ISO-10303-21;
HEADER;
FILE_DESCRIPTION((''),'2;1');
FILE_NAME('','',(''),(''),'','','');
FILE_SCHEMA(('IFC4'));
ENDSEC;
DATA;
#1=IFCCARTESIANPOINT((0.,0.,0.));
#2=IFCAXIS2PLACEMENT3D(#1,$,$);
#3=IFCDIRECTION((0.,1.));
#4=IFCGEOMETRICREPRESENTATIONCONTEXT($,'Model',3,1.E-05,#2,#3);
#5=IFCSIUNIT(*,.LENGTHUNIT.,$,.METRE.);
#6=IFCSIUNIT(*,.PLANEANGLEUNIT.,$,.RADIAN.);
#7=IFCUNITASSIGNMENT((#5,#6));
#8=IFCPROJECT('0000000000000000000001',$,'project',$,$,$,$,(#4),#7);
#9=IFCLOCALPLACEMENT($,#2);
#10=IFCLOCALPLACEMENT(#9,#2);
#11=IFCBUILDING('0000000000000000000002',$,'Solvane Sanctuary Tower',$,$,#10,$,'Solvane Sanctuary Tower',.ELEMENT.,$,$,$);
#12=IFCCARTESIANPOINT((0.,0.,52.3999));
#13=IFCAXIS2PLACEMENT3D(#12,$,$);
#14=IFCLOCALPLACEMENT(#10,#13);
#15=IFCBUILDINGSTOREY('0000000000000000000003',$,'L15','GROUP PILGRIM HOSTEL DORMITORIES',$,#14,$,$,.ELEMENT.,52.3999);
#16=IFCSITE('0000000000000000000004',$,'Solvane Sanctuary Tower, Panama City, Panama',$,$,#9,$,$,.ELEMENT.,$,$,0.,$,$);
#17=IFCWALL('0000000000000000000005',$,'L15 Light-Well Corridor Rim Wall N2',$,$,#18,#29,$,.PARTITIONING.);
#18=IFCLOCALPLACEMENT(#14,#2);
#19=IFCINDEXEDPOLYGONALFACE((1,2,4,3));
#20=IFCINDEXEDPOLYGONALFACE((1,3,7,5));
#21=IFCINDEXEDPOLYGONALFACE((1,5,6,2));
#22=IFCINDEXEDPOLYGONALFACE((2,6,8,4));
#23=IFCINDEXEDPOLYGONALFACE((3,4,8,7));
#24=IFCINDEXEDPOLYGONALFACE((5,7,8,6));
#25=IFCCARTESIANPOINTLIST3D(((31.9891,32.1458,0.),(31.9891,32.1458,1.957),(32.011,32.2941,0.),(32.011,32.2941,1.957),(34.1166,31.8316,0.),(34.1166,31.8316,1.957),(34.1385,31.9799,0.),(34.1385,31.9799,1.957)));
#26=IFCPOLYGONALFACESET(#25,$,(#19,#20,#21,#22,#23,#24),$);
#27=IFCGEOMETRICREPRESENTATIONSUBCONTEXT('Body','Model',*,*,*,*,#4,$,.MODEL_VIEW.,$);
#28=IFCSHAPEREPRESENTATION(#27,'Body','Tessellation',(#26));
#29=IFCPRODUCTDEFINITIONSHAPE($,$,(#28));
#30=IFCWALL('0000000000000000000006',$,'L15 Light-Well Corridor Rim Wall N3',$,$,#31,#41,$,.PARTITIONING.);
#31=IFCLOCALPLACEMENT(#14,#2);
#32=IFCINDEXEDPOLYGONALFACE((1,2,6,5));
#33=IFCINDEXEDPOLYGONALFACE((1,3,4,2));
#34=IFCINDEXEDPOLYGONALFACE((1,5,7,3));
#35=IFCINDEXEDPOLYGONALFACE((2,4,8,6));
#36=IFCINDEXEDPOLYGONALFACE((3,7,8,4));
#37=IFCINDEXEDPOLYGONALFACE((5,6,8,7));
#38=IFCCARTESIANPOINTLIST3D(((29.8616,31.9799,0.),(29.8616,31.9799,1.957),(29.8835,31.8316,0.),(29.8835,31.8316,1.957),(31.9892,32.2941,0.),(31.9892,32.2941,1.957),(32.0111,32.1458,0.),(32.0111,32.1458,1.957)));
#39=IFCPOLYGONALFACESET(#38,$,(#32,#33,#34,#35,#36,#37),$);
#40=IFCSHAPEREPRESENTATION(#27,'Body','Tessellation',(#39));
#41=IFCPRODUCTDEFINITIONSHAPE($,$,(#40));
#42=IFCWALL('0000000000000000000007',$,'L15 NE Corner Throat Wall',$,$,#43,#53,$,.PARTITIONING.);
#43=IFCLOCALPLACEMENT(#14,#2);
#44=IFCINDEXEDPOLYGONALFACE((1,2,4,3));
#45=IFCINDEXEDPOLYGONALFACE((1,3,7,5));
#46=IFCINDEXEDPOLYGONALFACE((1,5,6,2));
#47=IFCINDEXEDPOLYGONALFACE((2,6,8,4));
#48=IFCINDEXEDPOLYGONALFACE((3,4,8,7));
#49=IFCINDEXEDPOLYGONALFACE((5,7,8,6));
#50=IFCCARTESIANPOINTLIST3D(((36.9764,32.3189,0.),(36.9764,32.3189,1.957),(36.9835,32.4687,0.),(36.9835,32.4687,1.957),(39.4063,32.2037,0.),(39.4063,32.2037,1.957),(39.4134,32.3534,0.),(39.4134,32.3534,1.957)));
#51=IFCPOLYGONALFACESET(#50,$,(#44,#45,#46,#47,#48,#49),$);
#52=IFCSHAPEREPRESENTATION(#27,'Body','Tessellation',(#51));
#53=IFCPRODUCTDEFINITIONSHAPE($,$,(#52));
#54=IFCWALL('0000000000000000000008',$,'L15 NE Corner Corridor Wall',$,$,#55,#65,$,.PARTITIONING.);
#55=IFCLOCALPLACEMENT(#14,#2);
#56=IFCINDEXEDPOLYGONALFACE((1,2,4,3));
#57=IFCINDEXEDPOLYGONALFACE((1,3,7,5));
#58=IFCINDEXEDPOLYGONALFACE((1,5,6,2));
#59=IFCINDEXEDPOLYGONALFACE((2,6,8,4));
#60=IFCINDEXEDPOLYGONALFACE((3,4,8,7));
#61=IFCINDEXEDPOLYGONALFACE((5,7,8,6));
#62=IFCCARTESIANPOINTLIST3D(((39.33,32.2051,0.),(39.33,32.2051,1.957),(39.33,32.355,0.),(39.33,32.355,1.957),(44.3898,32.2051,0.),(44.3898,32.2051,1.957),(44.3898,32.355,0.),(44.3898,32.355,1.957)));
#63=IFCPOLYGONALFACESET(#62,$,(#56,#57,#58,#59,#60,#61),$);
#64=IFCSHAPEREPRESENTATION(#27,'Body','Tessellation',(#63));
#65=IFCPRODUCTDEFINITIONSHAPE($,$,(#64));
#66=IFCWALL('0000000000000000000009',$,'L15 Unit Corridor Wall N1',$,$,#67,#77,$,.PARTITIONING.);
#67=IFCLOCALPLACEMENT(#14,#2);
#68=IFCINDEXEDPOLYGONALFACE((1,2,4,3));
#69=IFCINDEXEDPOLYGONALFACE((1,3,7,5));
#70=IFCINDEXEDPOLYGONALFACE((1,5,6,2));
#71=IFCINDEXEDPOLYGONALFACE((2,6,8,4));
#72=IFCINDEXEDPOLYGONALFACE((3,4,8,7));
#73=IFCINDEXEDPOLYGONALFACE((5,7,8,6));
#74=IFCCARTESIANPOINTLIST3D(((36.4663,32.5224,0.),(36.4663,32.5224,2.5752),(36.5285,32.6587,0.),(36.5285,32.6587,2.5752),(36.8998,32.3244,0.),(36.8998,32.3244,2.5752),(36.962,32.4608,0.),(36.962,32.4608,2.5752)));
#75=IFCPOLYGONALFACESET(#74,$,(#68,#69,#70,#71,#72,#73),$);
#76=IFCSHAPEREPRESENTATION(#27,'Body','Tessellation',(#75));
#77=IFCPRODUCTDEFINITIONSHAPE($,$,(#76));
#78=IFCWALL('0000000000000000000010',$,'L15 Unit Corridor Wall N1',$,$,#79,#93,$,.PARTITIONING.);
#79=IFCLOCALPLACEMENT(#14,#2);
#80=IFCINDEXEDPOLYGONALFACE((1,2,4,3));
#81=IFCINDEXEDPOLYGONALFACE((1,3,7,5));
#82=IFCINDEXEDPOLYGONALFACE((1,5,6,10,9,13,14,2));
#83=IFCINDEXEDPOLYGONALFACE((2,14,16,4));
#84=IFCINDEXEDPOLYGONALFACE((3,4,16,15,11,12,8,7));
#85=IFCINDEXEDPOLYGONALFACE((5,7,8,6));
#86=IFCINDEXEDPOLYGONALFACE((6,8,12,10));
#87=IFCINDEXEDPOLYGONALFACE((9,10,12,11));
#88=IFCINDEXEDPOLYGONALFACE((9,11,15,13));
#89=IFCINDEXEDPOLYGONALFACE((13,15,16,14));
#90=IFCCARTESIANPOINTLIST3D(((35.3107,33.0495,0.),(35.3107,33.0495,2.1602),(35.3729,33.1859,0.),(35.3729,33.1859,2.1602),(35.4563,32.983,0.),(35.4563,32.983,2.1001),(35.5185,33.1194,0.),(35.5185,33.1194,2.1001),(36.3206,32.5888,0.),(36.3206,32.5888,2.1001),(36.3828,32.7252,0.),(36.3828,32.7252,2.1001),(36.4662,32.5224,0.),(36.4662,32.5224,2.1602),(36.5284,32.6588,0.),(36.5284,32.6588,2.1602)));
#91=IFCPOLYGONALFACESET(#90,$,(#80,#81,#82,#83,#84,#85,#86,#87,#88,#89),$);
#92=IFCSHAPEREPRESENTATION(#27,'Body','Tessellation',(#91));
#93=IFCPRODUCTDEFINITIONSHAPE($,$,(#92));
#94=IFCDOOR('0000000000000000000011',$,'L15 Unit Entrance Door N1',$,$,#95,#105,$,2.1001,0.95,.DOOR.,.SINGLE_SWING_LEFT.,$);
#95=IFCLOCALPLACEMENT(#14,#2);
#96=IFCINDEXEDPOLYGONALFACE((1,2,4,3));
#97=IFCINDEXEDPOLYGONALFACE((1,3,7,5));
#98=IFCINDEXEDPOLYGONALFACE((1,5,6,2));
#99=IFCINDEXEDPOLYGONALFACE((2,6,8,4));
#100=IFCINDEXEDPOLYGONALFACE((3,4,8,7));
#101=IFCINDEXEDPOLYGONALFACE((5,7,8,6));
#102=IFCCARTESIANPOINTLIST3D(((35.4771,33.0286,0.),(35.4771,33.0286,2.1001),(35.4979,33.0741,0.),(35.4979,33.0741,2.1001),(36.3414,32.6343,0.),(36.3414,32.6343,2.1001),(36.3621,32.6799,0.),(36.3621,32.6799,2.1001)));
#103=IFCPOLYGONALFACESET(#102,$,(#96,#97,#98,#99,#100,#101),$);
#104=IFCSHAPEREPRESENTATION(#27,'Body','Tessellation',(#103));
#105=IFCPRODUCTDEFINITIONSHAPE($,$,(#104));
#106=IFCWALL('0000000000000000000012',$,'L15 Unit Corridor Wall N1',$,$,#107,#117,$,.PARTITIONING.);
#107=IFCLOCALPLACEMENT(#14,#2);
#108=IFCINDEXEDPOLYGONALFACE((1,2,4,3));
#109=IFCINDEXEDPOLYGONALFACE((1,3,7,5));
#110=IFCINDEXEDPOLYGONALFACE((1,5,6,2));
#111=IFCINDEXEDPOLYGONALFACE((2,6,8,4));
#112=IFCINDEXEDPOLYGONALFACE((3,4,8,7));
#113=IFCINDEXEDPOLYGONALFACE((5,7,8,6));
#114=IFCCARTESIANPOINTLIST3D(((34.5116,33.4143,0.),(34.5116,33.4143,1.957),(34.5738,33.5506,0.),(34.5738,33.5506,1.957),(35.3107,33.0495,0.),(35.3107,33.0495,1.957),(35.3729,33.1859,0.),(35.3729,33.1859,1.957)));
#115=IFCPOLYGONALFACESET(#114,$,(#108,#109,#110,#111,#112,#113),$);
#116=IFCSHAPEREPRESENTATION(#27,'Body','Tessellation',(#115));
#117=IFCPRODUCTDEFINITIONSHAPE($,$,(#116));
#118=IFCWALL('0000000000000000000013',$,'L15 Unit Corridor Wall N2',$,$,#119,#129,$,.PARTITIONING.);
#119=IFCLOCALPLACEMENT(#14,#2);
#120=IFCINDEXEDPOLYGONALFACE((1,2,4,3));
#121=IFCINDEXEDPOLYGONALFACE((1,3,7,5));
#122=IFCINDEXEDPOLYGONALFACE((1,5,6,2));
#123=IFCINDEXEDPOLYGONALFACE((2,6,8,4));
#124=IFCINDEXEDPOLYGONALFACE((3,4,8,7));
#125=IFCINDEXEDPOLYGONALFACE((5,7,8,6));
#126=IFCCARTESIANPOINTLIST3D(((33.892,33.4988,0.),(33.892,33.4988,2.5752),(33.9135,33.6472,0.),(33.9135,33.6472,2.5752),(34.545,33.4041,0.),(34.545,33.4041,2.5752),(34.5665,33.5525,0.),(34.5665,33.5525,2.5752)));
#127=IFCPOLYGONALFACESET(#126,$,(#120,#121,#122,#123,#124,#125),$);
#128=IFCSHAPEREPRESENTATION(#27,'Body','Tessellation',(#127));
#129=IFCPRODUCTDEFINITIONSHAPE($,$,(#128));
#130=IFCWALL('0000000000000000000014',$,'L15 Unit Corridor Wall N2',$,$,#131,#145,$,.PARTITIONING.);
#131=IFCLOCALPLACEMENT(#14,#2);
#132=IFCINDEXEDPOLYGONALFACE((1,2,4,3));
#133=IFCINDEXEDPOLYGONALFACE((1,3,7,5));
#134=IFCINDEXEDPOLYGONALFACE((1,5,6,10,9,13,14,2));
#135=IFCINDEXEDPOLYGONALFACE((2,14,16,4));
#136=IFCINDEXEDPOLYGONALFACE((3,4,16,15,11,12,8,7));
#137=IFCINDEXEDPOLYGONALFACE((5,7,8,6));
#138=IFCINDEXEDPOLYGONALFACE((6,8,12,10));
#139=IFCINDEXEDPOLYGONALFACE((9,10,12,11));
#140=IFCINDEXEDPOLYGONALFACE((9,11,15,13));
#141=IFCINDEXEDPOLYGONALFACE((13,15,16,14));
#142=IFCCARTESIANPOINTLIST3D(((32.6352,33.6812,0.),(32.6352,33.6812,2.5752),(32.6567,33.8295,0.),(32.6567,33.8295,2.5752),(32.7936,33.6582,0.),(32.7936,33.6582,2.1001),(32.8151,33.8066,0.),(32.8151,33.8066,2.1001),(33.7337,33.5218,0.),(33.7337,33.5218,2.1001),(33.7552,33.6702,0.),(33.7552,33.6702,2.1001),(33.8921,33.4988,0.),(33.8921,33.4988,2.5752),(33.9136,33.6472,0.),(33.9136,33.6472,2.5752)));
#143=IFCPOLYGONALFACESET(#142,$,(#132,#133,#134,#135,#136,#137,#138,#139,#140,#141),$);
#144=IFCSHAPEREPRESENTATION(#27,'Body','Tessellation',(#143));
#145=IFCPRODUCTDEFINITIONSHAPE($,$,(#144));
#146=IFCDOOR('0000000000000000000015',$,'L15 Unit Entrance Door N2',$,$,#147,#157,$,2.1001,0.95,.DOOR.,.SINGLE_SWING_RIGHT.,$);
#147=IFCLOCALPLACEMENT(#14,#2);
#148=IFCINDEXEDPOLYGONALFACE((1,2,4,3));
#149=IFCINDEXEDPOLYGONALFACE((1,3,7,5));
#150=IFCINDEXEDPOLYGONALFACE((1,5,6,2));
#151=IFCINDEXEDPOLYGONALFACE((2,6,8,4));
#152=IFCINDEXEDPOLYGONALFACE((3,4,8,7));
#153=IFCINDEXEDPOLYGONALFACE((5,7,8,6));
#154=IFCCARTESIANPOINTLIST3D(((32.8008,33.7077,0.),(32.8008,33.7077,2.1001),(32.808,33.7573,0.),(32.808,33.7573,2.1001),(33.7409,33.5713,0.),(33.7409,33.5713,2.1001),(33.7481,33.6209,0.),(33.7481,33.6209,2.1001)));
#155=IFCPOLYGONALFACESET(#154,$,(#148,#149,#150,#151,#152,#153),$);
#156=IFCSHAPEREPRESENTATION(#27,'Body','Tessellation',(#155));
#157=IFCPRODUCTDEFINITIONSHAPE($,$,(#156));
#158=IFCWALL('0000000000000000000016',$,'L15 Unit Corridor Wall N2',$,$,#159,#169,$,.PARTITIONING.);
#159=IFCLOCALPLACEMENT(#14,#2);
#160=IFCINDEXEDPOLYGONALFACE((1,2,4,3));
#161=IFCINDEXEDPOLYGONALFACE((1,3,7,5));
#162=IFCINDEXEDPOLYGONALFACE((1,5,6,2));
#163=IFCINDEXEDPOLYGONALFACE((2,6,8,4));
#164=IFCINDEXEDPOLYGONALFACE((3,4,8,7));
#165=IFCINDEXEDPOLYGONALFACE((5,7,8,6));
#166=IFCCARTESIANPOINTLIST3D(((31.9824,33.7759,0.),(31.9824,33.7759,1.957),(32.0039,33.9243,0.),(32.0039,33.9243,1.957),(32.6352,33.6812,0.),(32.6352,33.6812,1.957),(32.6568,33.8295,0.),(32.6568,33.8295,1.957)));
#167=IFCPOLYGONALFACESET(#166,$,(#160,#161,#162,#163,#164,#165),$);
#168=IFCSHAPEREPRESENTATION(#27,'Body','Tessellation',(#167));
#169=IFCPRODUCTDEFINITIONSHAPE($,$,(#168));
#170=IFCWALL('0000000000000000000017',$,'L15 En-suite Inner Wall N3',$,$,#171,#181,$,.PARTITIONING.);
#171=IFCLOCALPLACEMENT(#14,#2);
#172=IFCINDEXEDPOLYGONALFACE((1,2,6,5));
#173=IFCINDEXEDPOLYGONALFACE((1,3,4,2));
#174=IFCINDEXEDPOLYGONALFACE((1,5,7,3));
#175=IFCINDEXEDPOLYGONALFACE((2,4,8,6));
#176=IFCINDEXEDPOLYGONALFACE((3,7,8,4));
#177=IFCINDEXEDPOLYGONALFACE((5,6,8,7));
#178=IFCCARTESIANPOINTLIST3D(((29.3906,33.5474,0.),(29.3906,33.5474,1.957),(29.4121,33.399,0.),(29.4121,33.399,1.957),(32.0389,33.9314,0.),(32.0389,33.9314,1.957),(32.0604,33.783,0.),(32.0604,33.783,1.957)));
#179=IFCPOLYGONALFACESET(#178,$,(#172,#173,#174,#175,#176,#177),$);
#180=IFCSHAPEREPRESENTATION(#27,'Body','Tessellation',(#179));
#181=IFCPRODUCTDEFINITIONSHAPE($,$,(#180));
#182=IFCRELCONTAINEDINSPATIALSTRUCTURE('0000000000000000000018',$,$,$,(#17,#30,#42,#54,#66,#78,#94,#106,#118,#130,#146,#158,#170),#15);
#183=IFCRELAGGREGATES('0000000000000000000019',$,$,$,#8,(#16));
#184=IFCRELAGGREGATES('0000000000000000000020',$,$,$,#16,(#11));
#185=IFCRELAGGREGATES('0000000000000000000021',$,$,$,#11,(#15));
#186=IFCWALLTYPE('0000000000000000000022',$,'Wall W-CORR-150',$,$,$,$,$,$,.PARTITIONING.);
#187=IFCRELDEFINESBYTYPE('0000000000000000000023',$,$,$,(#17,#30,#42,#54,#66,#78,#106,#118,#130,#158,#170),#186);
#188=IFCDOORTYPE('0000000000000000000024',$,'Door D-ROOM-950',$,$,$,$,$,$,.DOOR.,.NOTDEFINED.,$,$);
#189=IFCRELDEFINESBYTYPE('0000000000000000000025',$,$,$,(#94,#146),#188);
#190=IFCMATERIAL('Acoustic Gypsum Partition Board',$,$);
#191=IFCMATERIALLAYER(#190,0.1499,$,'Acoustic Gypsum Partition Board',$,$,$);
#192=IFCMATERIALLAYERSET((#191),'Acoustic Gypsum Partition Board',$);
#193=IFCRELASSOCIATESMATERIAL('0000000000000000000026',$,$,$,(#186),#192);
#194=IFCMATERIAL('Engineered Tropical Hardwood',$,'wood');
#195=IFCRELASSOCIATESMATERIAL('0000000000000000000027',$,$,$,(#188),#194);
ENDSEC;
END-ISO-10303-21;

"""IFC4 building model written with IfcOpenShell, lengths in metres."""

from ifc_helpers import new_model, si_unit, direction, frame, frame_2d, origin, place, context, subcontext, project, spatial, rectangle, extrude, material, layer, layer_set, type_object, element, fill, save


model = new_model("IFC4")

# Units and contexts
model_context = context("Model", 3, precision=1e-05, world=origin(), true_north=direction((0.0, 1.0)))
body_context = subcontext(model_context, "Body", "Model", "MODEL_VIEW")
ifc_project = project(units=[si_unit("LENGTHUNIT", "METRE"), si_unit("PLANEANGLEUNIT", "RADIAN")], contexts=[model_context])

# Site, building, storey
site_placement = place(None, origin())
site = spatial("IfcSite", under=ifc_project, at=site_placement, Name="Solvane Sanctuary Tower, Panama City, Panama", CompositionType="ELEMENT", RefElevation=0.0)
building_placement = place(site_placement, origin())
building = spatial("IfcBuilding", under=site, at=building_placement, Name="Solvane Sanctuary Tower", LongName="Solvane Sanctuary Tower", CompositionType="ELEMENT")
storey_placement = place(building_placement, frame((0.0, 0.0, 52.3999)))
storey = spatial("IfcBuildingStorey", under=building, at=storey_placement, Name="L15", Description="GROUP PILGRIM HOSTEL DORMITORIES", CompositionType="ELEMENT", Elevation=52.3999)

# Walls
ifc_material_1 = material(Name="Acoustic Gypsum Partition Board")
ifc_layer_1 = layer(ifc_material_1, 0.1499, Name="Acoustic Gypsum Partition Board")
ifc_layer_set_1 = layer_set([ifc_layer_1], Name="Acoustic Gypsum Partition Board")
wall_type_1 = type_object("IfcWallType", Name="Wall W-CORR-150", PredefinedType="PARTITIONING", material=ifc_layer_set_1)
for number, where, z_axis, x_axis, name in (
    (1, (34.1274, 31.9058, 0.0), (0.0, 0.0, 1.0), (-0.989269, 0.146108, 0.0), "L15 Light-Well Corridor Rim Wall N2"),
    (2, (32.0, 32.22, 0.0), (0.0, 0.0, 1.0), (-0.989269, -0.146108, 0.0), "L15 Light-Well Corridor Rim Wall N3"),
):
    element("IfcWall", number, at=place(storey_placement, frame(where, z_axis=z_axis, x_axis=x_axis)), inside=storey, type_object=wall_type_1, Name=name, PredefinedType="PARTITIONING", context=body_context, shape_type="SweptSolid", body=[
        extrude(rectangle(XDim=2.1506, YDim=0.1499, at=frame_2d((1.0752, 0.0))), origin(), (0.0, 0.0, 1.0), 1.957),
    ])
wall_1_placement = place(storey_placement, frame((36.98, 32.3938, 0.0), z_axis=(0.0, 0.0, 1.0), x_axis=(0.998877, -0.04737, 0.0)))
element("IfcWall", 3, at=wall_1_placement, inside=storey, type_object=wall_type_1, Name="L15 NE Corner Throat Wall", PredefinedType="PARTITIONING", context=body_context, shape_type="SweptSolid", body=[
    extrude(rectangle(XDim=2.4326, YDim=0.1499, at=frame_2d((1.2163, 0.0))), origin(), (0.0, 0.0, 1.0), 1.957),
])
wall_2_placement = place(storey_placement, frame((39.3301, 32.28, 0.0), z_axis=(0.0, 0.0, 1.0), x_axis=(1.0, 0.0, 0.0)))
element("IfcWall", 4, at=wall_2_placement, inside=storey, type_object=wall_type_1, Name="L15 NE Corner Corridor Wall", PredefinedType="PARTITIONING", context=body_context, shape_type="SweptSolid", body=[
    extrude(rectangle(XDim=5.0598, YDim=0.1499, at=frame_2d((2.5298, 0.0))), origin(), (0.0, 0.0, 1.0), 1.957),
])
wall_3_placement = place(storey_placement, frame((36.9309, 32.3926, 0.0), z_axis=(0.0, 0.0, 1.0), x_axis=(-0.909646, 0.415384, 0.0)))
element("IfcWall", 5, at=wall_3_placement, inside=storey, type_object=wall_type_1, Name="L15 Unit Corridor Wall N1", PredefinedType="PARTITIONING", context=body_context, shape_type="SweptSolid", body=[
    extrude(rectangle(XDim=0.4766, YDim=0.1499, at=frame_2d((0.2383, 0.0))), origin(), (0.0, 0.0, 1.0), 2.5752),
])

# Wall, opening, door
wall_4_placement = place(storey_placement, frame((36.4973, 32.5906, 0.0), z_axis=(0.0, 0.0, 1.0), x_axis=(-0.909813, 0.415019, 0.0)))
wall_4 = element("IfcWall", 6, at=wall_4_placement, inside=storey, type_object=wall_type_1, Name="L15 Unit Corridor Wall N1", PredefinedType="PARTITIONING", context=body_context, shape_type="SweptSolid", body=[
    extrude(rectangle(XDim=1.27, YDim=0.1499, at=frame_2d((0.635, 0.0))), origin(), (0.0, 0.0, 1.0), 2.1602),
])
opening_1_placement = place(wall_4_placement, frame((0.1599, 0.0, 0.0)))
opening_1 = element("IfcOpeningElement", 7, at=opening_1_placement, cuts=wall_4, PredefinedType="OPENING", context=body_context, shape_type="SweptSolid", body=[
    extrude(rectangle(XDim=0.95, YDim=2.1001, at=frame_2d((0.4751, 1.05))), frame((0.0, 0.085, 0.0), z_axis=(0.0, -1.0, 0.0), x_axis=(1.0, 0.0, 0.0)), (0.0, 0.0, 1.0), 0.1699),
])
ifc_material_2 = material(Name="Engineered Tropical Hardwood", Category="wood")
door_type_1 = type_object("IfcDoorType", Name="Door D-ROOM-950", OperationType="NOTDEFINED", PredefinedType="DOOR", material=ifc_material_2)
door_1_placement = place(opening_1_placement, origin())
door_1 = element("IfcDoor", 8, at=door_1_placement, inside=storey, type_object=door_type_1, Name="L15 Unit Entrance Door N1", OperationType="SINGLE_SWING_LEFT", OverallHeight=2.1001, OverallWidth=0.95, PredefinedType="DOOR", context=body_context, shape_type="SweptSolid", body=[
    extrude(rectangle(XDim=0.95, YDim=2.1001, at=frame_2d((0.4751, 1.05))), frame((0.0, 0.0249, 0.0), z_axis=(0.0, -1.0, 0.0), x_axis=(1.0, 0.0, 0.0)), (0.0, 0.0, 1.0), 0.05),
])
fill(opening_1, door_1)

# Walls
wall_5_placement = place(storey_placement, frame((35.3418, 33.1177, 0.0), z_axis=(0.0, 0.0, 1.0), x_axis=(-0.909709, 0.415247, 0.0)))
element("IfcWall", 9, at=wall_5_placement, inside=storey, type_object=wall_type_1, Name="L15 Unit Corridor Wall N1", PredefinedType="PARTITIONING", context=body_context, shape_type="SweptSolid", body=[
    extrude(rectangle(XDim=0.8784, YDim=0.1499, at=frame_2d((0.4392, 0.0))), origin(), (0.0, 0.0, 1.0), 1.957),
])
wall_6_placement = place(storey_placement, frame((34.5559, 33.4783, 0.0), z_axis=(0.0, 0.0, 1.0), x_axis=(-0.989644, 0.143545, 0.0)))
element("IfcWall", 10, at=wall_6_placement, inside=storey, type_object=wall_type_1, Name="L15 Unit Corridor Wall N2", PredefinedType="PARTITIONING", context=body_context, shape_type="SweptSolid", body=[
    extrude(rectangle(XDim=0.6599, YDim=0.1499, at=frame_2d((0.3301, 0.0))), origin(), (0.0, 0.0, 1.0), 2.5752),
])

# Wall, opening, door
wall_7_placement = place(storey_placement, frame((33.9028, 33.573, 0.0), z_axis=(0.0, 0.0, 1.0), x_axis=(-0.989636, 0.143601, 0.0)))
wall_7 = element("IfcWall", 11, at=wall_7_placement, inside=storey, type_object=wall_type_1, Name="L15 Unit Corridor Wall N2", PredefinedType="PARTITIONING", context=body_context, shape_type="SweptSolid", body=[
    extrude(rectangle(XDim=1.27, YDim=0.1499, at=frame_2d((0.635, 0.0))), origin(), (0.0, 0.0, 1.0), 2.5752),
])
opening_2_placement = place(wall_7_placement, frame((0.1599, 0.0, 0.0)))
opening_2 = element("IfcOpeningElement", 12, at=opening_2_placement, cuts=wall_7, PredefinedType="OPENING", context=body_context, shape_type="SweptSolid", body=[
    extrude(rectangle(XDim=0.95, YDim=2.1001, at=frame_2d((0.4751, 1.05))), frame((0.0, 0.085, 0.0), z_axis=(0.0, -1.0, 0.0), x_axis=(1.0, 0.0, 0.0)), (0.0, 0.0, 1.0), 0.1699),
])
door_2_placement = place(opening_2_placement, origin())
door_2 = element("IfcDoor", 13, at=door_2_placement, inside=storey, type_object=door_type_1, Name="L15 Unit Entrance Door N2", OperationType="SINGLE_SWING_RIGHT", OverallHeight=2.1001, OverallWidth=0.95, PredefinedType="DOOR", context=body_context, shape_type="SweptSolid", body=[
    extrude(rectangle(XDim=0.95, YDim=2.1001, at=frame_2d((0.4751, 1.05))), frame((0.0, 0.0249, 0.0), z_axis=(0.0, -1.0, 0.0), x_axis=(1.0, 0.0, 0.0)), (0.0, 0.0, 1.0), 0.05),
])
fill(opening_2, door_2)

# Walls
wall_8_placement = place(storey_placement, frame((32.646, 33.7554, 0.0), z_axis=(0.0, 0.0, 1.0), x_axis=(-0.989636, 0.143597, 0.0)))
element("IfcWall", 14, at=wall_8_placement, inside=storey, type_object=wall_type_1, Name="L15 Unit Corridor Wall N2", PredefinedType="PARTITIONING", context=body_context, shape_type="SweptSolid", body=[
    extrude(rectangle(XDim=0.6597, YDim=0.1499, at=frame_2d((0.3298, 0.0))), origin(), (0.0, 0.0, 1.0), 1.957),
])
wall_9_placement = place(storey_placement, frame((32.0496, 33.8572, 0.0), z_axis=(0.0, 0.0, 1.0), x_axis=(-0.98965, -0.143503, 0.0)))
element("IfcWall", 15, at=wall_9_placement, inside=storey, type_object=wall_type_1, Name="L15 En-suite Inner Wall N3", PredefinedType="PARTITIONING", context=body_context, shape_type="SweptSolid", body=[
    extrude(rectangle(XDim=2.676, YDim=0.1499, at=frame_2d((1.3379, 0.0))), origin(), (0.0, 0.0, 1.0), 1.957),
])

save(model, "model.ifc")
